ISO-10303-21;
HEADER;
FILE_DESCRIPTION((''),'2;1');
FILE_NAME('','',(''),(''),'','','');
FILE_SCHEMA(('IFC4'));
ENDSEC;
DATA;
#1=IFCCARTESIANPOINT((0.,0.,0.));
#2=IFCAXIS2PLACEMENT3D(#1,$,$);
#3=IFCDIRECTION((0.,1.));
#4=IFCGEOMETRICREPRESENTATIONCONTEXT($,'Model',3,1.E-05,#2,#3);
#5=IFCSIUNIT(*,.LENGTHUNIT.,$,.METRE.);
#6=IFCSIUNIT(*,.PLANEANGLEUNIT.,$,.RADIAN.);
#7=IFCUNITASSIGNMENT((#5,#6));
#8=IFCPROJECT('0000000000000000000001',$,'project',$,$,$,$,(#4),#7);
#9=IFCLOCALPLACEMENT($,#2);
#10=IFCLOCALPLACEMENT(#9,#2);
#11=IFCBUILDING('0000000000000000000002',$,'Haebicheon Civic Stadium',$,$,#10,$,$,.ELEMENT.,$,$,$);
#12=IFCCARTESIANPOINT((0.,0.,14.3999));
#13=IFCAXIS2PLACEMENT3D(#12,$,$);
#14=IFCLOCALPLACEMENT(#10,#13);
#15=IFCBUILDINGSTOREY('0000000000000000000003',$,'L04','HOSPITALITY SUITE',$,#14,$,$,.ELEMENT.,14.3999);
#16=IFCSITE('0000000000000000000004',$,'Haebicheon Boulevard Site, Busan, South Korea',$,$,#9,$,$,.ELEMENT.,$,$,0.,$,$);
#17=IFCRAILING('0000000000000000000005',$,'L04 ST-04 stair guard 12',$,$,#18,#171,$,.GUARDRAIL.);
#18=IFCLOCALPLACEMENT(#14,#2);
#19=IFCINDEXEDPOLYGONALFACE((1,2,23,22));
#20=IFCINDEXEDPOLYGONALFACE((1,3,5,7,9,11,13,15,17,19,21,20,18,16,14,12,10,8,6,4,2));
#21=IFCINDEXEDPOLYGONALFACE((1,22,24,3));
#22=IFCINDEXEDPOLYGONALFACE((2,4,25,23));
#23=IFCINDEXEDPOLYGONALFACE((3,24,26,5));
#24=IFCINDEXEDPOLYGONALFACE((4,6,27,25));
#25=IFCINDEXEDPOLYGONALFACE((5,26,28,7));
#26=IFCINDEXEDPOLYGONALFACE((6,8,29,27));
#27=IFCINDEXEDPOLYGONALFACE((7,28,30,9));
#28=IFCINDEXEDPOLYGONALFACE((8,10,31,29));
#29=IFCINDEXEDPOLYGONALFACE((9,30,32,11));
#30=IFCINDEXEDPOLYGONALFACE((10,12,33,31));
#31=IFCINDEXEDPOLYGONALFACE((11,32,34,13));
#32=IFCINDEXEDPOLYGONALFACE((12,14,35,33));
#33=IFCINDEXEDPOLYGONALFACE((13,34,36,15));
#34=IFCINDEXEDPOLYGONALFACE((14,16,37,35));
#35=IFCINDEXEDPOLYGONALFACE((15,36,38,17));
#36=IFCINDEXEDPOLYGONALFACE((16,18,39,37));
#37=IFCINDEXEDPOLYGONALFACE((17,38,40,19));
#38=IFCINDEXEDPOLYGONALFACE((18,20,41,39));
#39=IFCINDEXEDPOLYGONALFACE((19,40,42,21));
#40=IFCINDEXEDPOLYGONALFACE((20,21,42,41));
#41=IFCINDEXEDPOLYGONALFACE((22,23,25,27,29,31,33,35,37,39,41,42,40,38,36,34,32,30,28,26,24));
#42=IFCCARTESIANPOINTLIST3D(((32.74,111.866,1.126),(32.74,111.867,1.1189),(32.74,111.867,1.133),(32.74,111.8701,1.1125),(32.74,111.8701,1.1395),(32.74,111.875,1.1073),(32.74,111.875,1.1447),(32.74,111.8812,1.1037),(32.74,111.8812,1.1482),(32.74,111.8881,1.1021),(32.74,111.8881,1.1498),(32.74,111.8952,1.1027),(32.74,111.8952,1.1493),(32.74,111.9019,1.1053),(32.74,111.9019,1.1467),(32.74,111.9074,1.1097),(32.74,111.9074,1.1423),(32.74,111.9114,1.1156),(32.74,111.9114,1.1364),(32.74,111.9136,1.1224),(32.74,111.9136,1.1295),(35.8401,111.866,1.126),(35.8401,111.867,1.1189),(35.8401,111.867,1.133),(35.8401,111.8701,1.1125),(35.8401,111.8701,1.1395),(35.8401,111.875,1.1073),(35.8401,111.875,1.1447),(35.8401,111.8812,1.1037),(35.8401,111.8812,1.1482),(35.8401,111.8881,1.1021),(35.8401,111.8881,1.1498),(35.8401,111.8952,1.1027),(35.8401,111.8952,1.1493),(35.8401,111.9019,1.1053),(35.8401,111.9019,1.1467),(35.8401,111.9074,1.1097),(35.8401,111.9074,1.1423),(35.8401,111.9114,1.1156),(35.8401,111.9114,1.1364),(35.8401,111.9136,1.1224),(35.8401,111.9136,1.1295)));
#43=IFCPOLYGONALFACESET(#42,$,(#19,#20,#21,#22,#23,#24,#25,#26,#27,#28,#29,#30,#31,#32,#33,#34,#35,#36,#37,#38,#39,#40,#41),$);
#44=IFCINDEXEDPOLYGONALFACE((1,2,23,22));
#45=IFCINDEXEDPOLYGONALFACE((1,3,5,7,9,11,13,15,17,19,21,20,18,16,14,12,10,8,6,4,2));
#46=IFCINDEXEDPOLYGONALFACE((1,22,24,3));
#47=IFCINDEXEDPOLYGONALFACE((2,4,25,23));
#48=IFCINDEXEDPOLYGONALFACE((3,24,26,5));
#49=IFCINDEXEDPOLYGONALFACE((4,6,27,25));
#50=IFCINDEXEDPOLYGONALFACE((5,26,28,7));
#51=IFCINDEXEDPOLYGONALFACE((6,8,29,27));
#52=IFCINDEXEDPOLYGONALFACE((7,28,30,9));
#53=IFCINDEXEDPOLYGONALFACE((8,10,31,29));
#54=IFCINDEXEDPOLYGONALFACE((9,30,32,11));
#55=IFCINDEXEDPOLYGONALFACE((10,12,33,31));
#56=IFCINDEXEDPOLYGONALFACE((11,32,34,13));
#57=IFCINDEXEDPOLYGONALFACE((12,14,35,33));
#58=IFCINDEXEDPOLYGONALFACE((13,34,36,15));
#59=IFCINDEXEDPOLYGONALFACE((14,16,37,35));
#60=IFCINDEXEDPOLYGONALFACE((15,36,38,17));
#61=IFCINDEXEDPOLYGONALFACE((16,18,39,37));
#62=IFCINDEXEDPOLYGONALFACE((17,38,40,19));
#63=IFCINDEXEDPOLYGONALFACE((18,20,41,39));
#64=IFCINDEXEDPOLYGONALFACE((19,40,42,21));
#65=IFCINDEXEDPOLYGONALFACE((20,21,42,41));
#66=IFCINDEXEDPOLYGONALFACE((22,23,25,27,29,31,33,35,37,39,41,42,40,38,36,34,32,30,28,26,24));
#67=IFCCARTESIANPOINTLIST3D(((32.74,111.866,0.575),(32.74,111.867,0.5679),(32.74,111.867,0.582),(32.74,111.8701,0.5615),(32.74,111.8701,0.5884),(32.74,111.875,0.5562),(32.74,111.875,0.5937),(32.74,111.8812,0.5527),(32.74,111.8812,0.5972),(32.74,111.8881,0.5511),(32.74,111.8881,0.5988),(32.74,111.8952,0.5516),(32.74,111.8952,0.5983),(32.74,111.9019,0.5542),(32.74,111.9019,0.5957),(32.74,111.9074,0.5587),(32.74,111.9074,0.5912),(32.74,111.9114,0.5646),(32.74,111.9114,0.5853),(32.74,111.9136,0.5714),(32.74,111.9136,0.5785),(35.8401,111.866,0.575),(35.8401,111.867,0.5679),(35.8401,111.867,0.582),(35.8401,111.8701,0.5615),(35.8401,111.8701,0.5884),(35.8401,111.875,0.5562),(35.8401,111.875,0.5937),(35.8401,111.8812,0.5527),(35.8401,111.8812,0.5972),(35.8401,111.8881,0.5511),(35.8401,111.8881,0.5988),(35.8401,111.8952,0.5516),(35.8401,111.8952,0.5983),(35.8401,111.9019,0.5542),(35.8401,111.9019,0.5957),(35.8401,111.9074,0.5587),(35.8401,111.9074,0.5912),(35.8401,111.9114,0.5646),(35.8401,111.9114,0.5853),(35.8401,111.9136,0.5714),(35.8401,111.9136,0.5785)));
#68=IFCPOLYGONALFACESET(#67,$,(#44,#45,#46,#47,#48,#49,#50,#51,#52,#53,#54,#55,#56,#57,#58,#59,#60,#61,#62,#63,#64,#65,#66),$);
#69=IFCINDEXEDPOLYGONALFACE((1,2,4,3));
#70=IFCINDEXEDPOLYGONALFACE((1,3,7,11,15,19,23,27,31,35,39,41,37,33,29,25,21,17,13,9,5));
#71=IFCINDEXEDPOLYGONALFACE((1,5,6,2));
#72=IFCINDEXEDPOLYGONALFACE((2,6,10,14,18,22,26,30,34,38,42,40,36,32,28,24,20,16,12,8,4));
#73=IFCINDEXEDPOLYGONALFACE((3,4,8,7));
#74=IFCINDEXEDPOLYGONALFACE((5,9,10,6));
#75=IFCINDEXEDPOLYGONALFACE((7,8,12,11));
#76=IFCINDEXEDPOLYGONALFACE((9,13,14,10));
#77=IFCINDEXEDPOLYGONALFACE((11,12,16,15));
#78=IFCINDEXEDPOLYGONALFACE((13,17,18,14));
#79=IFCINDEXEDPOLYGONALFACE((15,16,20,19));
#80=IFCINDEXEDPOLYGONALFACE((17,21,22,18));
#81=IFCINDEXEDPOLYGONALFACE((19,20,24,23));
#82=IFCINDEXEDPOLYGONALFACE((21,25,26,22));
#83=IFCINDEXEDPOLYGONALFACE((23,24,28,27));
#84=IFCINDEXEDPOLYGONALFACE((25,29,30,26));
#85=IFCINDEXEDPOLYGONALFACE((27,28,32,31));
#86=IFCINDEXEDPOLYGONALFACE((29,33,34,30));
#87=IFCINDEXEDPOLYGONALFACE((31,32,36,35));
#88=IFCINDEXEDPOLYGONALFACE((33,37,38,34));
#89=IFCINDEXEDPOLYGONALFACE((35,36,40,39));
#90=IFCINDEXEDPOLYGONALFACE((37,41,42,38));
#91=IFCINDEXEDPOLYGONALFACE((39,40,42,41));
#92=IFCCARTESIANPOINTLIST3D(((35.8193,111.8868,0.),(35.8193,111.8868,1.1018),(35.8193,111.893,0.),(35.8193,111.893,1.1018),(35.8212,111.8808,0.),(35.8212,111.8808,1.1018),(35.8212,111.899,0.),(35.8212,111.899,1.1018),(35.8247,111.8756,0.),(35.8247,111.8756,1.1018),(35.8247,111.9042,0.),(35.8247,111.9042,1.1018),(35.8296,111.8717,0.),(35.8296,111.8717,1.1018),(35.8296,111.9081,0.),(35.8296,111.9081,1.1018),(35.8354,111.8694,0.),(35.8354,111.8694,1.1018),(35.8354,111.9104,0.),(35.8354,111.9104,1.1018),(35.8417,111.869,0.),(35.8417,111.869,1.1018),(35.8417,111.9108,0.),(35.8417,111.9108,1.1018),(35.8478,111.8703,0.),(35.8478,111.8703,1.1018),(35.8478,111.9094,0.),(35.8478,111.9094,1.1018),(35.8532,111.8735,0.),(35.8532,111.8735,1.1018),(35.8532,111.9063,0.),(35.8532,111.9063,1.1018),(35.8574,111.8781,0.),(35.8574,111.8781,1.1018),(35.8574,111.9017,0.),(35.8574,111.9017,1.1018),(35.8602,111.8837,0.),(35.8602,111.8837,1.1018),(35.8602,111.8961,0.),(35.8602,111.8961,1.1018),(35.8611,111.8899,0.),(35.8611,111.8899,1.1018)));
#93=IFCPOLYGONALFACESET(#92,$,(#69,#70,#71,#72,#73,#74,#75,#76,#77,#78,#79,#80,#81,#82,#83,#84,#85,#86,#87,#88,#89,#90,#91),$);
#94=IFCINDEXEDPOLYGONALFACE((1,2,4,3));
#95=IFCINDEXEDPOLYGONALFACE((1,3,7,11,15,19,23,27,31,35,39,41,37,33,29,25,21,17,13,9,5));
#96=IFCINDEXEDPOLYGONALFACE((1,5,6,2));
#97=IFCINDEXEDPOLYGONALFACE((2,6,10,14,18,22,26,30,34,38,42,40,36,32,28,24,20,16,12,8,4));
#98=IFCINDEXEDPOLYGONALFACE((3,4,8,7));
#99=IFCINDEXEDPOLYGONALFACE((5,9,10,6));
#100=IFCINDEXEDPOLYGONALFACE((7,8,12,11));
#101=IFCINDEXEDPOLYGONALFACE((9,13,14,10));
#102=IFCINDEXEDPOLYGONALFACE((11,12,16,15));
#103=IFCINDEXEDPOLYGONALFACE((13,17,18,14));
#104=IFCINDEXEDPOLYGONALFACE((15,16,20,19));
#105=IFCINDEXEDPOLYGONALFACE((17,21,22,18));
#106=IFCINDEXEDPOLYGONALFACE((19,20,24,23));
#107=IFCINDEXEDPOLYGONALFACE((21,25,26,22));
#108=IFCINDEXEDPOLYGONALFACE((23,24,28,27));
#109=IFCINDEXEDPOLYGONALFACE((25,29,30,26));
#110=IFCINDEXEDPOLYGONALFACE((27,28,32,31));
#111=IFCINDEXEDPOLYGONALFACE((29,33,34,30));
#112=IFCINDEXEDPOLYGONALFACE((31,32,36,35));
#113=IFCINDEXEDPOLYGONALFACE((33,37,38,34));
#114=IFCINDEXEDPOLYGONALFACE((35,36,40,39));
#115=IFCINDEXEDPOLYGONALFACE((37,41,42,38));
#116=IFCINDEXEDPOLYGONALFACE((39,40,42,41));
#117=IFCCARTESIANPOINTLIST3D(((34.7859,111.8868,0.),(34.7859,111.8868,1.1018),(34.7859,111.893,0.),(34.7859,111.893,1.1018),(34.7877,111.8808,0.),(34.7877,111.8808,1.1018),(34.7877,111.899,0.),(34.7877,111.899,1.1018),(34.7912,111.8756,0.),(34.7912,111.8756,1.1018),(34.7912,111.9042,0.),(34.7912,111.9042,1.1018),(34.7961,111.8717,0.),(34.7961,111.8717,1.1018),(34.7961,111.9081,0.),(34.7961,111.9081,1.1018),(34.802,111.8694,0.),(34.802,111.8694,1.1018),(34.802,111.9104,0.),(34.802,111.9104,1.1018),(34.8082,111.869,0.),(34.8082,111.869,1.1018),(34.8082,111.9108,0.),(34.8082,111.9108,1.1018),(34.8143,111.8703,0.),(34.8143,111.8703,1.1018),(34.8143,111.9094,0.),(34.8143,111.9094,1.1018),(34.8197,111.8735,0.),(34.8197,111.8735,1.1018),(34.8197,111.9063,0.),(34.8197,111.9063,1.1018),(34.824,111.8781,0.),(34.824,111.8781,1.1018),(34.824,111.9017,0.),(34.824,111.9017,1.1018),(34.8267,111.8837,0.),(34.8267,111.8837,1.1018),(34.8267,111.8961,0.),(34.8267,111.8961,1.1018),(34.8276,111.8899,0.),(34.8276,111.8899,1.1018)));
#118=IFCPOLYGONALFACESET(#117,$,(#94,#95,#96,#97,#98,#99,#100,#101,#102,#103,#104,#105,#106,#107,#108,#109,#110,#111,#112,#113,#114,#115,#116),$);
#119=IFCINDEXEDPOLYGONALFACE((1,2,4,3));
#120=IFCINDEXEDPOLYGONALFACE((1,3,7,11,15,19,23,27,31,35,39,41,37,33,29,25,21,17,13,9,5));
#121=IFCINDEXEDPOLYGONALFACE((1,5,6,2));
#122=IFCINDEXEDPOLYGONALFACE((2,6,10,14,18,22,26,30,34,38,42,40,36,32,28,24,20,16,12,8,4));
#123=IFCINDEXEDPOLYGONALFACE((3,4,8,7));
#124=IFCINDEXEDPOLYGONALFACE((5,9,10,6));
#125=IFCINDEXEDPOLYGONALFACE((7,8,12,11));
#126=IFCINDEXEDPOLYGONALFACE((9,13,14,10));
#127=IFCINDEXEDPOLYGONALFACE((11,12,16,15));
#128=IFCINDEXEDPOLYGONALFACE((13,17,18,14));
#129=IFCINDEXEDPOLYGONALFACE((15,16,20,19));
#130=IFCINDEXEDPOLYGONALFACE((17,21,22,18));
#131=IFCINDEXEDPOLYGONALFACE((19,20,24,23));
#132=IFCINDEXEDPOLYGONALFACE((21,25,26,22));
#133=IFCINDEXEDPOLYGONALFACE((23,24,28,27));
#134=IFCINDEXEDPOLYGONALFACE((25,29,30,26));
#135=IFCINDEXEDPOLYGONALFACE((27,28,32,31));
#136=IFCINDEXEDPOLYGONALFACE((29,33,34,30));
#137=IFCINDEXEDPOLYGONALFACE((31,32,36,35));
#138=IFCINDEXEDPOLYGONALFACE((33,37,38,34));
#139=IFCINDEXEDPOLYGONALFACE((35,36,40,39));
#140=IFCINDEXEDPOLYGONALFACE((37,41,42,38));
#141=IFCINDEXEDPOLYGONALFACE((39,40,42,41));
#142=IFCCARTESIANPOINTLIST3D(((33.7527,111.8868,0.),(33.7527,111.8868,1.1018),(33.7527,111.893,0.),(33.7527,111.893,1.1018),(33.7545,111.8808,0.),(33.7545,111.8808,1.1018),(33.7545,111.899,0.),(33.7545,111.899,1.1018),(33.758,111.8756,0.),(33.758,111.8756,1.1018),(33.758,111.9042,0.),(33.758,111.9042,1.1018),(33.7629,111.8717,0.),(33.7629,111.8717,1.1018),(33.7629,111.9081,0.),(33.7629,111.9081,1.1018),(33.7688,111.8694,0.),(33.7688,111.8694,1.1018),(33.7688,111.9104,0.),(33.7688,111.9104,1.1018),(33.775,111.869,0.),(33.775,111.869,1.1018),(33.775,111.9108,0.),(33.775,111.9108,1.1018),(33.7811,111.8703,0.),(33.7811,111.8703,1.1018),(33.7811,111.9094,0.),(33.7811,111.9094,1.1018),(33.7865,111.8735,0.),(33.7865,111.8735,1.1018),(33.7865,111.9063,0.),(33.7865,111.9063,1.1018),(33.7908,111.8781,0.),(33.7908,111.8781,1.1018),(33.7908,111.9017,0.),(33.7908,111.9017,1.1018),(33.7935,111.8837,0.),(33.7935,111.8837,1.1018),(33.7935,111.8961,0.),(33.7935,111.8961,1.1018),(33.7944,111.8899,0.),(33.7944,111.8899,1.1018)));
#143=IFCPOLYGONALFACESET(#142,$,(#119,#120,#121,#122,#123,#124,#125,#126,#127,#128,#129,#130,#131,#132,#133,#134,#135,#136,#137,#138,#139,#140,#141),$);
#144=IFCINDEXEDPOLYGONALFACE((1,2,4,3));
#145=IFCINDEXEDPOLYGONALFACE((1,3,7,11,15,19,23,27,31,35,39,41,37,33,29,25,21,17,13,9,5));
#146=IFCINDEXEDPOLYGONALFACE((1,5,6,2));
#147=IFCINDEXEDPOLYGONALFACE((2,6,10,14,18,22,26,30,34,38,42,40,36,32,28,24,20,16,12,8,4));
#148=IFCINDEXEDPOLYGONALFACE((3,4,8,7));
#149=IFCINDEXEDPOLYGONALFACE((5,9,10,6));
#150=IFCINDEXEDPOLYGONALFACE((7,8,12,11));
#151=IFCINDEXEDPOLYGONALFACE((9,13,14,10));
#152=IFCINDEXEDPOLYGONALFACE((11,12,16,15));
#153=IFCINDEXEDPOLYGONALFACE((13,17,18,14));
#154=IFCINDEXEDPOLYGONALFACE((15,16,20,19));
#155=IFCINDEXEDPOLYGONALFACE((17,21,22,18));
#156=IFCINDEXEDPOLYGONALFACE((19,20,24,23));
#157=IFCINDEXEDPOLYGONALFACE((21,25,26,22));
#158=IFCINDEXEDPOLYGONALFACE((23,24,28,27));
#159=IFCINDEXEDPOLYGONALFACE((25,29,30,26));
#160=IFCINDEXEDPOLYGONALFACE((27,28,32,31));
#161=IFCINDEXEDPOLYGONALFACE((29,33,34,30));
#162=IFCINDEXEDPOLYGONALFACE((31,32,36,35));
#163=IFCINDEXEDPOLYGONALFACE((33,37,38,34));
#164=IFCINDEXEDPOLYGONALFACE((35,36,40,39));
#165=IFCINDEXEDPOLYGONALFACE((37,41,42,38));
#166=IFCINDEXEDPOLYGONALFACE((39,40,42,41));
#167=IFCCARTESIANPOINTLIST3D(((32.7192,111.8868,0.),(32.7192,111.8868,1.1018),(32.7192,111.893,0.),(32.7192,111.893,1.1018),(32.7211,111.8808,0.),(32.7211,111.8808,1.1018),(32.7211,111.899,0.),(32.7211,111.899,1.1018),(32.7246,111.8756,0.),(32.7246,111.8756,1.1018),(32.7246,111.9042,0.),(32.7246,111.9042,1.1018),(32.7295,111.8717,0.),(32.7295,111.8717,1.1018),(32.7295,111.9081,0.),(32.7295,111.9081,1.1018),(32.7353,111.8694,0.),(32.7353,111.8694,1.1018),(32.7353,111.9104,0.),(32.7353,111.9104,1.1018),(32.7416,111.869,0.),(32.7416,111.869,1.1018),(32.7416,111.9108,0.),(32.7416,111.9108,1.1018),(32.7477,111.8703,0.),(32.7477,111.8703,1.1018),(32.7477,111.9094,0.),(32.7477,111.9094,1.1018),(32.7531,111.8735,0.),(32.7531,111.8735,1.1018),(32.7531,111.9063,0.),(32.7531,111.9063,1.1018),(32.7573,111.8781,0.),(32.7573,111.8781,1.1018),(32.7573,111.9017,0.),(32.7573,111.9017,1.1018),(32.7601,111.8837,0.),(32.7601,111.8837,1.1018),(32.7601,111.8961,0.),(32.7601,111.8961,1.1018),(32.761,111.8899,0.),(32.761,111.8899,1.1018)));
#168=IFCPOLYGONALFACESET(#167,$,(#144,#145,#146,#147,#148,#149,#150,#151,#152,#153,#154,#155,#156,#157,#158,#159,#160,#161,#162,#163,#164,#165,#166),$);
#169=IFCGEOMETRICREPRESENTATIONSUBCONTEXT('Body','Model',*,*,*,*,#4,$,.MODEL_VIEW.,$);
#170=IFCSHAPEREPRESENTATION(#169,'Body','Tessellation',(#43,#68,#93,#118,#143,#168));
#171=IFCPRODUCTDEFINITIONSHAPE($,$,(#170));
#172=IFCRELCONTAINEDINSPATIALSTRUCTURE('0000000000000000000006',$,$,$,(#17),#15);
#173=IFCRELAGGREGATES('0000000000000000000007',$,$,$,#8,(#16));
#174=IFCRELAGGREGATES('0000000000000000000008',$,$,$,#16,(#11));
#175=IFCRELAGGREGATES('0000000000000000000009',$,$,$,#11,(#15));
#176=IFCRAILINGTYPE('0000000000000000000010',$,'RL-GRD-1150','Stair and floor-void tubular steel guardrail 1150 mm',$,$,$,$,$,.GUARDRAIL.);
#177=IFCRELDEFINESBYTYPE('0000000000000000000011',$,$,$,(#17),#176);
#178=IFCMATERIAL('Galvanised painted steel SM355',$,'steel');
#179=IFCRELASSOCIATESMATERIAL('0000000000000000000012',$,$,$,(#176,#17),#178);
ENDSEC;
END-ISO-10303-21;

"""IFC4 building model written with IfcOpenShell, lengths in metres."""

from ifc_helpers import new_model, si_unit, direction, frame, origin, origin_2d, place, context, subcontext, project, spatial, circle, extrude, material, type_object, element, save


model = new_model("IFC4")

# Units and contexts
model_context = context("Model", 3, precision=1e-05, world=origin(), true_north=direction((0.0, 1.0)))
body_context = subcontext(model_context, "Body", "Model", "MODEL_VIEW")
ifc_project = project(units=[si_unit("LENGTHUNIT", "METRE"), si_unit("PLANEANGLEUNIT", "RADIAN")], contexts=[model_context])

# Site, building, storey
site_placement = place(None, origin())
site = spatial("IfcSite", under=ifc_project, at=site_placement, Name="Haebicheon Boulevard Site, Busan, South Korea", CompositionType="ELEMENT", RefElevation=0.0)
building_placement = place(site_placement, origin())
building = spatial("IfcBuilding", under=site, at=building_placement, Name="Haebicheon Civic Stadium", CompositionType="ELEMENT")
storey_placement = place(building_placement, frame((0.0, 0.0, 14.3999)))
storey = spatial("IfcBuildingStorey", under=building, at=storey_placement, Name="L04", Description="HOSPITALITY SUITE", CompositionType="ELEMENT", Elevation=14.3999)

# Railing
ifc_material_1 = material(Name="Galvanised painted steel SM355", Category="steel")
railing_type_1 = type_object("IfcRailingType", Name="RL-GRD-1150", Description="Stair and floor-void tubular steel guardrail 1150 mm", PredefinedType="GUARDRAIL", material=ifc_material_1)
railing_1_placement = place(storey_placement, frame((35.8401, 111.8899, 0.0)))
element("IfcRailing", 1, at=railing_1_placement, inside=storey, type_object=railing_type_1, material=ifc_material_1, Name="L04 ST-04 stair guard 12", PredefinedType="GUARDRAIL", context=body_context, shape_type="SweptSolid", body=[
    extrude(circle(Radius=0.0239, at=origin_2d()), frame((0.0, 0.0, 1.126), z_axis=(-1.0, 0.0, 0.0), x_axis=(0.0, -1.0, 0.0)), (0.0, 0.0, 1.0), 3.1001),
    extrude(circle(Radius=0.0239, at=origin_2d()), frame((0.0, 0.0, 0.575), z_axis=(-1.0, 0.0, 0.0), x_axis=(0.0, -1.0, 0.0)), (0.0, 0.0, 1.0), 3.1001),
    extrude(circle(Radius=0.021, at=origin_2d()), origin(), (0.0, 0.0, 1.0), 1.1018),
    extrude(circle(Radius=0.021, at=origin_2d()), frame((-1.0334, 0.0, 0.0)), (0.0, 0.0, 1.0), 1.1018),
    extrude(circle(Radius=0.021, at=origin_2d()), frame((-2.0667, 0.0, 0.0)), (0.0, 0.0, 1.0), 1.1018),
    extrude(circle(Radius=0.021, at=origin_2d()), frame((-3.1001, 0.0, 0.0)), (0.0, 0.0, 1.0), 1.1018),
])

save(model, "model.ifc")
